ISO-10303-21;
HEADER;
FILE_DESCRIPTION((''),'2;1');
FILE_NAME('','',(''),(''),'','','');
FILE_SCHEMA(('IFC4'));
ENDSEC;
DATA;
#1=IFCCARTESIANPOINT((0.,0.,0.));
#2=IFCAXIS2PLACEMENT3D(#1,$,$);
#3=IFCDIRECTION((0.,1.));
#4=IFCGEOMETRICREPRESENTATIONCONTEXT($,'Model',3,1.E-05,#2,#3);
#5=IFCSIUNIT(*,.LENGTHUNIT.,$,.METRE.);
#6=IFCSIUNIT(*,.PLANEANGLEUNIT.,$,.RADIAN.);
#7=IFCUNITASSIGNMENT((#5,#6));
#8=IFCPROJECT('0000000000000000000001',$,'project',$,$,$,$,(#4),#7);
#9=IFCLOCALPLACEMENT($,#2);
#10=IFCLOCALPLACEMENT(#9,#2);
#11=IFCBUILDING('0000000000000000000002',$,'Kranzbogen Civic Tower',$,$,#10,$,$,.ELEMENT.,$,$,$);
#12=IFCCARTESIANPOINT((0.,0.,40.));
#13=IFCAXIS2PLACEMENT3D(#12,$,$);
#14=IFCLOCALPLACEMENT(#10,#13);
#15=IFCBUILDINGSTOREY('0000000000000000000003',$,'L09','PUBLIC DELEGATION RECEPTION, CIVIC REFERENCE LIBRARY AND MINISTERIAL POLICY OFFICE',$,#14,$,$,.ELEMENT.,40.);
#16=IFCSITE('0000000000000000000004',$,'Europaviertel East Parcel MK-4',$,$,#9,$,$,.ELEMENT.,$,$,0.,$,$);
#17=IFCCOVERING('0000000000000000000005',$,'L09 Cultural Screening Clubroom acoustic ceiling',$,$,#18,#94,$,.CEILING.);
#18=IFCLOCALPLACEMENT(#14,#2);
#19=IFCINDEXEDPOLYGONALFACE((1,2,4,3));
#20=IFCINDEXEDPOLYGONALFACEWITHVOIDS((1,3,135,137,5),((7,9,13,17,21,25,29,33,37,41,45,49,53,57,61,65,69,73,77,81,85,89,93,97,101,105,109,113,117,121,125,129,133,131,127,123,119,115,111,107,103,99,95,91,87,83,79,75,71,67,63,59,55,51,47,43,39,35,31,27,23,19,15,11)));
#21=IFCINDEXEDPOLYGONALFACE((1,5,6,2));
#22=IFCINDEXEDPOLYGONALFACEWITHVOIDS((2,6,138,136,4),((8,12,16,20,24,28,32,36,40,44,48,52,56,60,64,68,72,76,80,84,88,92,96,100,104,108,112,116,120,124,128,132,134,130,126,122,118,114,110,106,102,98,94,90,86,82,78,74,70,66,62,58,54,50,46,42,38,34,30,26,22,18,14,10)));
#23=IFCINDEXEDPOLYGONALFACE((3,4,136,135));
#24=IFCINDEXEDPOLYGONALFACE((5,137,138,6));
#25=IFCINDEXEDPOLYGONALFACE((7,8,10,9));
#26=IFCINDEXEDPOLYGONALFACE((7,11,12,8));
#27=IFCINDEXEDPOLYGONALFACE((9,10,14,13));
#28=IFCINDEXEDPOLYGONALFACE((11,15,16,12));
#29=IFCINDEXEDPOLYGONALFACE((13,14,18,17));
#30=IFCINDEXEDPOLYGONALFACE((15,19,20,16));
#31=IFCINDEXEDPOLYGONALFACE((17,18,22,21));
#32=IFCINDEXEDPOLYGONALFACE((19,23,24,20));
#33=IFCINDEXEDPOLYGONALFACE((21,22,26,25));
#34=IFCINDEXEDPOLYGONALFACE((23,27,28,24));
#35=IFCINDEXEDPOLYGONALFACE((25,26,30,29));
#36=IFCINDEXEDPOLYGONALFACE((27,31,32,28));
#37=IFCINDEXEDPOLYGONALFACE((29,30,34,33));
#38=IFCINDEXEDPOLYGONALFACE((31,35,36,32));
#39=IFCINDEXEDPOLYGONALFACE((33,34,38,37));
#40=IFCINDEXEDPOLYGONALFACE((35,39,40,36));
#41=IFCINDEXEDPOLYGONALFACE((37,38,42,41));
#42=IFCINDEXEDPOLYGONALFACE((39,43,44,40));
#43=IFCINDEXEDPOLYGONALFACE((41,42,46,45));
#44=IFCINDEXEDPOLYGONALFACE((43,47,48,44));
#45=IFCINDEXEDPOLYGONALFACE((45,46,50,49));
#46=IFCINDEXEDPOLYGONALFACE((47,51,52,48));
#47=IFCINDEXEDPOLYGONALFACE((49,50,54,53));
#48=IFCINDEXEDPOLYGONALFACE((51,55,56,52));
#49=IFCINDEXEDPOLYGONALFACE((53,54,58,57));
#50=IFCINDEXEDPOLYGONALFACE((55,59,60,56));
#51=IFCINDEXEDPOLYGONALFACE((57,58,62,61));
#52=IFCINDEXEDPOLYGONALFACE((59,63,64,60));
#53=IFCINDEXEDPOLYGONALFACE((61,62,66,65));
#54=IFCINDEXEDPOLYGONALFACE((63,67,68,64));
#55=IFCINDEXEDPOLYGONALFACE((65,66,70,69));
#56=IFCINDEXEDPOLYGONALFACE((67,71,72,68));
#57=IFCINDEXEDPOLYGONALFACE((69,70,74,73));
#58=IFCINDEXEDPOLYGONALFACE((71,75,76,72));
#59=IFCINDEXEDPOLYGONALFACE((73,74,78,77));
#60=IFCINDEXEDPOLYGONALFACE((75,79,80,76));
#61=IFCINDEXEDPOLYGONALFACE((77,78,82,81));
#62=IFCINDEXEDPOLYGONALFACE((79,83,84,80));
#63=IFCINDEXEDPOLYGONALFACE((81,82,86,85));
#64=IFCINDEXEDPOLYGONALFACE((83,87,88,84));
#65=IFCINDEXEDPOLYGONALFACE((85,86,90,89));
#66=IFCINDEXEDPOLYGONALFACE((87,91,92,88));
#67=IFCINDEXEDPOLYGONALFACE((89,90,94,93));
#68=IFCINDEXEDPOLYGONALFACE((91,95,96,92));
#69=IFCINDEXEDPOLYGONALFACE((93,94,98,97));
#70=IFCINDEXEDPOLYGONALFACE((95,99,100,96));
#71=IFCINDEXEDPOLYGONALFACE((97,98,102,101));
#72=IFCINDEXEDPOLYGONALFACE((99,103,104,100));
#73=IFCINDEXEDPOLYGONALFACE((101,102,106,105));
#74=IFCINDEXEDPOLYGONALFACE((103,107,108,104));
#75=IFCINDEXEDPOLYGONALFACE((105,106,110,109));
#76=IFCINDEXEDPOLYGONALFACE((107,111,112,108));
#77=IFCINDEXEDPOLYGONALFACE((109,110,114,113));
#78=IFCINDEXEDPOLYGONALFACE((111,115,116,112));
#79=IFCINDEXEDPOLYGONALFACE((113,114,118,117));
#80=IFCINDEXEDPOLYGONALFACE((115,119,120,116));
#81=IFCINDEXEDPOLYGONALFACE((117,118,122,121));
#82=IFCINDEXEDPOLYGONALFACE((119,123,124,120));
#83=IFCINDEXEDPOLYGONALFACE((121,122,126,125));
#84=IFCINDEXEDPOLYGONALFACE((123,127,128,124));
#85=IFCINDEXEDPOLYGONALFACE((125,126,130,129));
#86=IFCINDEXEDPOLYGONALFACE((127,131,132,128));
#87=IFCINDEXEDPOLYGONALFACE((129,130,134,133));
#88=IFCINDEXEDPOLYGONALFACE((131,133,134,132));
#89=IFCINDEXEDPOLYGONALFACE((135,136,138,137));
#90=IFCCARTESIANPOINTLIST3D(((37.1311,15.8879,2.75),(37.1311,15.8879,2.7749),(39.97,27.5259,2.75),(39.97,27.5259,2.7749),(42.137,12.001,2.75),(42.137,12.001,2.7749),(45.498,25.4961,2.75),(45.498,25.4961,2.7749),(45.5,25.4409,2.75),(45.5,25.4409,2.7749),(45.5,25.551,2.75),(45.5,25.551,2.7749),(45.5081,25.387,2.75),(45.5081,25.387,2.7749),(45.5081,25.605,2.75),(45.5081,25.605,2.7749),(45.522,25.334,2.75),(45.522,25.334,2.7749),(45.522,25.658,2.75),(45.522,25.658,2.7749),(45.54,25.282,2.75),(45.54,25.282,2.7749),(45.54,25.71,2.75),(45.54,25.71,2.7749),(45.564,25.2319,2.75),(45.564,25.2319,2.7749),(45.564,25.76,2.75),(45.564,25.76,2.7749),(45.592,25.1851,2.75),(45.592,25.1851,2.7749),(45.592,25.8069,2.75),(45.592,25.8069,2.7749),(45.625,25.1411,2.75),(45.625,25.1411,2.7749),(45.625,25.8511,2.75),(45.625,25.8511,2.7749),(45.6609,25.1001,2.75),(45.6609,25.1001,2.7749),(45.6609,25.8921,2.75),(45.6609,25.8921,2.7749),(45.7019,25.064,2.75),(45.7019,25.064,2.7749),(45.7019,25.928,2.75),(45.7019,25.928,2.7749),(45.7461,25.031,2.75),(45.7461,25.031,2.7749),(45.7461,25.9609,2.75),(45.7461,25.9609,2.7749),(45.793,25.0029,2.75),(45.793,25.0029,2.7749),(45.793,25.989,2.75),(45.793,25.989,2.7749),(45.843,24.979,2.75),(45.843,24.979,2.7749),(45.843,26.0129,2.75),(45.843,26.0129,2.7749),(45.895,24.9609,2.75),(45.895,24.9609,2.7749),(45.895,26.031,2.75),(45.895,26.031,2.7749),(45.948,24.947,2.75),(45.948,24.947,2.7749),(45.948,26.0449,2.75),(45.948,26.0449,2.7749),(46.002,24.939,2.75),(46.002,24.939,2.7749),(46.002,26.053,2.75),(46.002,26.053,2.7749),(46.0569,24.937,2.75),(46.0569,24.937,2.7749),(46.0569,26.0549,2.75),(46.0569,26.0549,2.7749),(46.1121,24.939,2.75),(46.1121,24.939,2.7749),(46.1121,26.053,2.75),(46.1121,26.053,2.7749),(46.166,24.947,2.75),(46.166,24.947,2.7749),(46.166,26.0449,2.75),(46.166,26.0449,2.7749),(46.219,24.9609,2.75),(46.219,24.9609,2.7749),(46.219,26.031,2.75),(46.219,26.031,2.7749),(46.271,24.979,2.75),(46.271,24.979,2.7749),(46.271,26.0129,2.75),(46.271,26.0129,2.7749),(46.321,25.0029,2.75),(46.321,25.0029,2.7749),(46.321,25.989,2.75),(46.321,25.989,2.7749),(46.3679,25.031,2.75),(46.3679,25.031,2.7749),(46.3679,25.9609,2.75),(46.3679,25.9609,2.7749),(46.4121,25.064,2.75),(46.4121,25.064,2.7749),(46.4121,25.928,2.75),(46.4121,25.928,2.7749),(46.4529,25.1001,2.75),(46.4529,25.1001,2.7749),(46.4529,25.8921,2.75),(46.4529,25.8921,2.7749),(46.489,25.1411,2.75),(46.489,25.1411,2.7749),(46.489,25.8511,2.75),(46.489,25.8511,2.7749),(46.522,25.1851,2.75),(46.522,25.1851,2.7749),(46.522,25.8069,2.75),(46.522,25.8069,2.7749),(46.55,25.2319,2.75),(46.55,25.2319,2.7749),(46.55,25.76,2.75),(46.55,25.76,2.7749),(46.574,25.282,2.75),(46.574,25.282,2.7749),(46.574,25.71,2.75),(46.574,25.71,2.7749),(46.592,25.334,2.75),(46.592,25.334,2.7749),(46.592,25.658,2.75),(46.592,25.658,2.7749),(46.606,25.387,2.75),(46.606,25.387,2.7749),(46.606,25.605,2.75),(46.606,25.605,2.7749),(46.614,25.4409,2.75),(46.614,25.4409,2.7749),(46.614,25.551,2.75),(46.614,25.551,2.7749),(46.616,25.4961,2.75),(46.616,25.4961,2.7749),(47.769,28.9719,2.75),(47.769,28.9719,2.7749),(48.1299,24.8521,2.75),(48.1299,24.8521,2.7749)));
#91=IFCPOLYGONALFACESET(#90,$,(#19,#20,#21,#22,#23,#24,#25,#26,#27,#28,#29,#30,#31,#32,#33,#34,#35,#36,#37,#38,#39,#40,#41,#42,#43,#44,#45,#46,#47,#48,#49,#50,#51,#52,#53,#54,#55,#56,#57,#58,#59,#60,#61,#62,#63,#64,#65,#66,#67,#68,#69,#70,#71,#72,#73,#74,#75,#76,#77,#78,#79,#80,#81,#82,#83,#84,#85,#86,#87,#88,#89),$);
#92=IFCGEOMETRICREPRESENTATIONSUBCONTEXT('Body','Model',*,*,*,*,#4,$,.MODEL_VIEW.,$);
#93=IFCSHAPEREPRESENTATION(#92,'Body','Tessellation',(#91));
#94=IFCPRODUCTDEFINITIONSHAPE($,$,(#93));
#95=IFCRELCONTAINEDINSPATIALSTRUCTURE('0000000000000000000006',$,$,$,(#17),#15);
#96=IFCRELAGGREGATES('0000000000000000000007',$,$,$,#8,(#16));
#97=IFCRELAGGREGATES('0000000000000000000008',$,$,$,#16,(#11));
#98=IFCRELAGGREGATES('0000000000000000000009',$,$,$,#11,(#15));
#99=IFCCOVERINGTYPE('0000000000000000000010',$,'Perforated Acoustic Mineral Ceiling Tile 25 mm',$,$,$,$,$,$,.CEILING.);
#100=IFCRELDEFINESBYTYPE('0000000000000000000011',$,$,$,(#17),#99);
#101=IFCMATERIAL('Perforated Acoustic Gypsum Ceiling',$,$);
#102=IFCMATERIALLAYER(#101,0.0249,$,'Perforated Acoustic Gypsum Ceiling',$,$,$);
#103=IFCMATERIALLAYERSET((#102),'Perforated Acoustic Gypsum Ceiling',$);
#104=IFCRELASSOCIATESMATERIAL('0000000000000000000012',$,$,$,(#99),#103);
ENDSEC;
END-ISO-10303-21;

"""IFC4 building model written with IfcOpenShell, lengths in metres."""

from ifc_helpers import new_model, si_unit, direction, frame, origin, place, context, subcontext, project, spatial, polyline, outline, extrude, material, layer, layer_set, type_object, element, save


model = new_model("IFC4")

# Units and contexts
model_context = context("Model", 3, precision=1e-05, world=origin(), true_north=direction((0.0, 1.0)))
body_context = subcontext(model_context, "Body", "Model", "MODEL_VIEW")
ifc_project = project(units=[si_unit("LENGTHUNIT", "METRE"), si_unit("PLANEANGLEUNIT", "RADIAN")], contexts=[model_context])

# Site, building, storey
site_placement = place(None, origin())
site = spatial("IfcSite", under=ifc_project, at=site_placement, Name="Europaviertel East Parcel MK-4", CompositionType="ELEMENT", RefElevation=0.0)
building_placement = place(site_placement, origin())
building = spatial("IfcBuilding", under=site, at=building_placement, Name="Kranzbogen Civic Tower", CompositionType="ELEMENT")
storey_placement = place(building_placement, frame((0.0, 0.0, 40.0)))
storey = spatial("IfcBuildingStorey", under=building, at=storey_placement, Name="L09", Description="PUBLIC DELEGATION RECEPTION, CIVIC REFERENCE LIBRARY AND MINISTERIAL POLICY OFFICE", CompositionType="ELEMENT", Elevation=40.0)

# Covering
ifc_material_1 = material(Name="Perforated Acoustic Gypsum Ceiling")
ifc_layer_1 = layer(ifc_material_1, 0.0249, Name="Perforated Acoustic Gypsum Ceiling")
ifc_layer_set_1 = layer_set([ifc_layer_1], Name="Perforated Acoustic Gypsum Ceiling")
covering_type = type_object("IfcCoveringType", Name="Perforated Acoustic Mineral Ceiling Tile 25 mm", PredefinedType="CEILING", material=ifc_layer_set_1)
covering_1_placement = place(storey_placement, frame((0.0, 0.0, 2.75)))
element("IfcCovering", 1, at=covering_1_placement, inside=storey, type_object=covering_type, Name="L09 Cultural Screening Clubroom acoustic ceiling", PredefinedType="CEILING", context=body_context, shape_type="SweptSolid", body=[
    extrude(outline(polyline([(39.97, 27.5259), (47.769, 28.9719), (48.1299, 24.8521), (42.137, 12.001), (37.1311, 15.8879), (39.97, 27.5259)]), holes=[polyline([(46.574, 25.282), (46.55, 25.2319), (46.522, 25.1851), (46.489, 25.1411), (46.4529, 25.1001), (46.4121, 25.064), (46.3679, 25.031), (46.321, 25.0029), (46.271, 24.979), (46.219, 24.9609), (46.166, 24.947), (46.1121, 24.939), (46.0569, 24.937), (46.002, 24.939), (45.948, 24.947), (45.895, 24.9609), (45.843, 24.979), (45.793, 25.0029), (45.7461, 25.031), (45.7019, 25.064), (45.6609, 25.1001), (45.625, 25.1411), (45.592, 25.1851), (45.564, 25.2319), (45.54, 25.282), (45.522, 25.334), (45.5081, 25.387), (45.5, 25.4409), (45.498, 25.4961), (45.5, 25.551), (45.5081, 25.605), (45.522, 25.658), (45.54, 25.71), (45.564, 25.76), (45.592, 25.8069), (45.625, 25.8511), (45.6609, 25.8921), (45.7019, 25.928), (45.7461, 25.9609), (45.793, 25.989), (45.843, 26.0129), (45.895, 26.031), (45.948, 26.0449), (46.002, 26.053), (46.0569, 26.0549), (46.1121, 26.053), (46.166, 26.0449), (46.219, 26.031), (46.271, 26.0129), (46.321, 25.989), (46.3679, 25.9609), (46.4121, 25.928), (46.4529, 25.8921), (46.489, 25.8511), (46.522, 25.8069), (46.55, 25.76), (46.574, 25.71), (46.592, 25.658), (46.606, 25.605), (46.614, 25.551), (46.616, 25.4961), (46.614, 25.4409), (46.606, 25.387), (46.592, 25.334), (46.574, 25.282)])]), origin(), (0.0, 0.0, 1.0), 0.0249),
])

save(model, "model.ifc")
